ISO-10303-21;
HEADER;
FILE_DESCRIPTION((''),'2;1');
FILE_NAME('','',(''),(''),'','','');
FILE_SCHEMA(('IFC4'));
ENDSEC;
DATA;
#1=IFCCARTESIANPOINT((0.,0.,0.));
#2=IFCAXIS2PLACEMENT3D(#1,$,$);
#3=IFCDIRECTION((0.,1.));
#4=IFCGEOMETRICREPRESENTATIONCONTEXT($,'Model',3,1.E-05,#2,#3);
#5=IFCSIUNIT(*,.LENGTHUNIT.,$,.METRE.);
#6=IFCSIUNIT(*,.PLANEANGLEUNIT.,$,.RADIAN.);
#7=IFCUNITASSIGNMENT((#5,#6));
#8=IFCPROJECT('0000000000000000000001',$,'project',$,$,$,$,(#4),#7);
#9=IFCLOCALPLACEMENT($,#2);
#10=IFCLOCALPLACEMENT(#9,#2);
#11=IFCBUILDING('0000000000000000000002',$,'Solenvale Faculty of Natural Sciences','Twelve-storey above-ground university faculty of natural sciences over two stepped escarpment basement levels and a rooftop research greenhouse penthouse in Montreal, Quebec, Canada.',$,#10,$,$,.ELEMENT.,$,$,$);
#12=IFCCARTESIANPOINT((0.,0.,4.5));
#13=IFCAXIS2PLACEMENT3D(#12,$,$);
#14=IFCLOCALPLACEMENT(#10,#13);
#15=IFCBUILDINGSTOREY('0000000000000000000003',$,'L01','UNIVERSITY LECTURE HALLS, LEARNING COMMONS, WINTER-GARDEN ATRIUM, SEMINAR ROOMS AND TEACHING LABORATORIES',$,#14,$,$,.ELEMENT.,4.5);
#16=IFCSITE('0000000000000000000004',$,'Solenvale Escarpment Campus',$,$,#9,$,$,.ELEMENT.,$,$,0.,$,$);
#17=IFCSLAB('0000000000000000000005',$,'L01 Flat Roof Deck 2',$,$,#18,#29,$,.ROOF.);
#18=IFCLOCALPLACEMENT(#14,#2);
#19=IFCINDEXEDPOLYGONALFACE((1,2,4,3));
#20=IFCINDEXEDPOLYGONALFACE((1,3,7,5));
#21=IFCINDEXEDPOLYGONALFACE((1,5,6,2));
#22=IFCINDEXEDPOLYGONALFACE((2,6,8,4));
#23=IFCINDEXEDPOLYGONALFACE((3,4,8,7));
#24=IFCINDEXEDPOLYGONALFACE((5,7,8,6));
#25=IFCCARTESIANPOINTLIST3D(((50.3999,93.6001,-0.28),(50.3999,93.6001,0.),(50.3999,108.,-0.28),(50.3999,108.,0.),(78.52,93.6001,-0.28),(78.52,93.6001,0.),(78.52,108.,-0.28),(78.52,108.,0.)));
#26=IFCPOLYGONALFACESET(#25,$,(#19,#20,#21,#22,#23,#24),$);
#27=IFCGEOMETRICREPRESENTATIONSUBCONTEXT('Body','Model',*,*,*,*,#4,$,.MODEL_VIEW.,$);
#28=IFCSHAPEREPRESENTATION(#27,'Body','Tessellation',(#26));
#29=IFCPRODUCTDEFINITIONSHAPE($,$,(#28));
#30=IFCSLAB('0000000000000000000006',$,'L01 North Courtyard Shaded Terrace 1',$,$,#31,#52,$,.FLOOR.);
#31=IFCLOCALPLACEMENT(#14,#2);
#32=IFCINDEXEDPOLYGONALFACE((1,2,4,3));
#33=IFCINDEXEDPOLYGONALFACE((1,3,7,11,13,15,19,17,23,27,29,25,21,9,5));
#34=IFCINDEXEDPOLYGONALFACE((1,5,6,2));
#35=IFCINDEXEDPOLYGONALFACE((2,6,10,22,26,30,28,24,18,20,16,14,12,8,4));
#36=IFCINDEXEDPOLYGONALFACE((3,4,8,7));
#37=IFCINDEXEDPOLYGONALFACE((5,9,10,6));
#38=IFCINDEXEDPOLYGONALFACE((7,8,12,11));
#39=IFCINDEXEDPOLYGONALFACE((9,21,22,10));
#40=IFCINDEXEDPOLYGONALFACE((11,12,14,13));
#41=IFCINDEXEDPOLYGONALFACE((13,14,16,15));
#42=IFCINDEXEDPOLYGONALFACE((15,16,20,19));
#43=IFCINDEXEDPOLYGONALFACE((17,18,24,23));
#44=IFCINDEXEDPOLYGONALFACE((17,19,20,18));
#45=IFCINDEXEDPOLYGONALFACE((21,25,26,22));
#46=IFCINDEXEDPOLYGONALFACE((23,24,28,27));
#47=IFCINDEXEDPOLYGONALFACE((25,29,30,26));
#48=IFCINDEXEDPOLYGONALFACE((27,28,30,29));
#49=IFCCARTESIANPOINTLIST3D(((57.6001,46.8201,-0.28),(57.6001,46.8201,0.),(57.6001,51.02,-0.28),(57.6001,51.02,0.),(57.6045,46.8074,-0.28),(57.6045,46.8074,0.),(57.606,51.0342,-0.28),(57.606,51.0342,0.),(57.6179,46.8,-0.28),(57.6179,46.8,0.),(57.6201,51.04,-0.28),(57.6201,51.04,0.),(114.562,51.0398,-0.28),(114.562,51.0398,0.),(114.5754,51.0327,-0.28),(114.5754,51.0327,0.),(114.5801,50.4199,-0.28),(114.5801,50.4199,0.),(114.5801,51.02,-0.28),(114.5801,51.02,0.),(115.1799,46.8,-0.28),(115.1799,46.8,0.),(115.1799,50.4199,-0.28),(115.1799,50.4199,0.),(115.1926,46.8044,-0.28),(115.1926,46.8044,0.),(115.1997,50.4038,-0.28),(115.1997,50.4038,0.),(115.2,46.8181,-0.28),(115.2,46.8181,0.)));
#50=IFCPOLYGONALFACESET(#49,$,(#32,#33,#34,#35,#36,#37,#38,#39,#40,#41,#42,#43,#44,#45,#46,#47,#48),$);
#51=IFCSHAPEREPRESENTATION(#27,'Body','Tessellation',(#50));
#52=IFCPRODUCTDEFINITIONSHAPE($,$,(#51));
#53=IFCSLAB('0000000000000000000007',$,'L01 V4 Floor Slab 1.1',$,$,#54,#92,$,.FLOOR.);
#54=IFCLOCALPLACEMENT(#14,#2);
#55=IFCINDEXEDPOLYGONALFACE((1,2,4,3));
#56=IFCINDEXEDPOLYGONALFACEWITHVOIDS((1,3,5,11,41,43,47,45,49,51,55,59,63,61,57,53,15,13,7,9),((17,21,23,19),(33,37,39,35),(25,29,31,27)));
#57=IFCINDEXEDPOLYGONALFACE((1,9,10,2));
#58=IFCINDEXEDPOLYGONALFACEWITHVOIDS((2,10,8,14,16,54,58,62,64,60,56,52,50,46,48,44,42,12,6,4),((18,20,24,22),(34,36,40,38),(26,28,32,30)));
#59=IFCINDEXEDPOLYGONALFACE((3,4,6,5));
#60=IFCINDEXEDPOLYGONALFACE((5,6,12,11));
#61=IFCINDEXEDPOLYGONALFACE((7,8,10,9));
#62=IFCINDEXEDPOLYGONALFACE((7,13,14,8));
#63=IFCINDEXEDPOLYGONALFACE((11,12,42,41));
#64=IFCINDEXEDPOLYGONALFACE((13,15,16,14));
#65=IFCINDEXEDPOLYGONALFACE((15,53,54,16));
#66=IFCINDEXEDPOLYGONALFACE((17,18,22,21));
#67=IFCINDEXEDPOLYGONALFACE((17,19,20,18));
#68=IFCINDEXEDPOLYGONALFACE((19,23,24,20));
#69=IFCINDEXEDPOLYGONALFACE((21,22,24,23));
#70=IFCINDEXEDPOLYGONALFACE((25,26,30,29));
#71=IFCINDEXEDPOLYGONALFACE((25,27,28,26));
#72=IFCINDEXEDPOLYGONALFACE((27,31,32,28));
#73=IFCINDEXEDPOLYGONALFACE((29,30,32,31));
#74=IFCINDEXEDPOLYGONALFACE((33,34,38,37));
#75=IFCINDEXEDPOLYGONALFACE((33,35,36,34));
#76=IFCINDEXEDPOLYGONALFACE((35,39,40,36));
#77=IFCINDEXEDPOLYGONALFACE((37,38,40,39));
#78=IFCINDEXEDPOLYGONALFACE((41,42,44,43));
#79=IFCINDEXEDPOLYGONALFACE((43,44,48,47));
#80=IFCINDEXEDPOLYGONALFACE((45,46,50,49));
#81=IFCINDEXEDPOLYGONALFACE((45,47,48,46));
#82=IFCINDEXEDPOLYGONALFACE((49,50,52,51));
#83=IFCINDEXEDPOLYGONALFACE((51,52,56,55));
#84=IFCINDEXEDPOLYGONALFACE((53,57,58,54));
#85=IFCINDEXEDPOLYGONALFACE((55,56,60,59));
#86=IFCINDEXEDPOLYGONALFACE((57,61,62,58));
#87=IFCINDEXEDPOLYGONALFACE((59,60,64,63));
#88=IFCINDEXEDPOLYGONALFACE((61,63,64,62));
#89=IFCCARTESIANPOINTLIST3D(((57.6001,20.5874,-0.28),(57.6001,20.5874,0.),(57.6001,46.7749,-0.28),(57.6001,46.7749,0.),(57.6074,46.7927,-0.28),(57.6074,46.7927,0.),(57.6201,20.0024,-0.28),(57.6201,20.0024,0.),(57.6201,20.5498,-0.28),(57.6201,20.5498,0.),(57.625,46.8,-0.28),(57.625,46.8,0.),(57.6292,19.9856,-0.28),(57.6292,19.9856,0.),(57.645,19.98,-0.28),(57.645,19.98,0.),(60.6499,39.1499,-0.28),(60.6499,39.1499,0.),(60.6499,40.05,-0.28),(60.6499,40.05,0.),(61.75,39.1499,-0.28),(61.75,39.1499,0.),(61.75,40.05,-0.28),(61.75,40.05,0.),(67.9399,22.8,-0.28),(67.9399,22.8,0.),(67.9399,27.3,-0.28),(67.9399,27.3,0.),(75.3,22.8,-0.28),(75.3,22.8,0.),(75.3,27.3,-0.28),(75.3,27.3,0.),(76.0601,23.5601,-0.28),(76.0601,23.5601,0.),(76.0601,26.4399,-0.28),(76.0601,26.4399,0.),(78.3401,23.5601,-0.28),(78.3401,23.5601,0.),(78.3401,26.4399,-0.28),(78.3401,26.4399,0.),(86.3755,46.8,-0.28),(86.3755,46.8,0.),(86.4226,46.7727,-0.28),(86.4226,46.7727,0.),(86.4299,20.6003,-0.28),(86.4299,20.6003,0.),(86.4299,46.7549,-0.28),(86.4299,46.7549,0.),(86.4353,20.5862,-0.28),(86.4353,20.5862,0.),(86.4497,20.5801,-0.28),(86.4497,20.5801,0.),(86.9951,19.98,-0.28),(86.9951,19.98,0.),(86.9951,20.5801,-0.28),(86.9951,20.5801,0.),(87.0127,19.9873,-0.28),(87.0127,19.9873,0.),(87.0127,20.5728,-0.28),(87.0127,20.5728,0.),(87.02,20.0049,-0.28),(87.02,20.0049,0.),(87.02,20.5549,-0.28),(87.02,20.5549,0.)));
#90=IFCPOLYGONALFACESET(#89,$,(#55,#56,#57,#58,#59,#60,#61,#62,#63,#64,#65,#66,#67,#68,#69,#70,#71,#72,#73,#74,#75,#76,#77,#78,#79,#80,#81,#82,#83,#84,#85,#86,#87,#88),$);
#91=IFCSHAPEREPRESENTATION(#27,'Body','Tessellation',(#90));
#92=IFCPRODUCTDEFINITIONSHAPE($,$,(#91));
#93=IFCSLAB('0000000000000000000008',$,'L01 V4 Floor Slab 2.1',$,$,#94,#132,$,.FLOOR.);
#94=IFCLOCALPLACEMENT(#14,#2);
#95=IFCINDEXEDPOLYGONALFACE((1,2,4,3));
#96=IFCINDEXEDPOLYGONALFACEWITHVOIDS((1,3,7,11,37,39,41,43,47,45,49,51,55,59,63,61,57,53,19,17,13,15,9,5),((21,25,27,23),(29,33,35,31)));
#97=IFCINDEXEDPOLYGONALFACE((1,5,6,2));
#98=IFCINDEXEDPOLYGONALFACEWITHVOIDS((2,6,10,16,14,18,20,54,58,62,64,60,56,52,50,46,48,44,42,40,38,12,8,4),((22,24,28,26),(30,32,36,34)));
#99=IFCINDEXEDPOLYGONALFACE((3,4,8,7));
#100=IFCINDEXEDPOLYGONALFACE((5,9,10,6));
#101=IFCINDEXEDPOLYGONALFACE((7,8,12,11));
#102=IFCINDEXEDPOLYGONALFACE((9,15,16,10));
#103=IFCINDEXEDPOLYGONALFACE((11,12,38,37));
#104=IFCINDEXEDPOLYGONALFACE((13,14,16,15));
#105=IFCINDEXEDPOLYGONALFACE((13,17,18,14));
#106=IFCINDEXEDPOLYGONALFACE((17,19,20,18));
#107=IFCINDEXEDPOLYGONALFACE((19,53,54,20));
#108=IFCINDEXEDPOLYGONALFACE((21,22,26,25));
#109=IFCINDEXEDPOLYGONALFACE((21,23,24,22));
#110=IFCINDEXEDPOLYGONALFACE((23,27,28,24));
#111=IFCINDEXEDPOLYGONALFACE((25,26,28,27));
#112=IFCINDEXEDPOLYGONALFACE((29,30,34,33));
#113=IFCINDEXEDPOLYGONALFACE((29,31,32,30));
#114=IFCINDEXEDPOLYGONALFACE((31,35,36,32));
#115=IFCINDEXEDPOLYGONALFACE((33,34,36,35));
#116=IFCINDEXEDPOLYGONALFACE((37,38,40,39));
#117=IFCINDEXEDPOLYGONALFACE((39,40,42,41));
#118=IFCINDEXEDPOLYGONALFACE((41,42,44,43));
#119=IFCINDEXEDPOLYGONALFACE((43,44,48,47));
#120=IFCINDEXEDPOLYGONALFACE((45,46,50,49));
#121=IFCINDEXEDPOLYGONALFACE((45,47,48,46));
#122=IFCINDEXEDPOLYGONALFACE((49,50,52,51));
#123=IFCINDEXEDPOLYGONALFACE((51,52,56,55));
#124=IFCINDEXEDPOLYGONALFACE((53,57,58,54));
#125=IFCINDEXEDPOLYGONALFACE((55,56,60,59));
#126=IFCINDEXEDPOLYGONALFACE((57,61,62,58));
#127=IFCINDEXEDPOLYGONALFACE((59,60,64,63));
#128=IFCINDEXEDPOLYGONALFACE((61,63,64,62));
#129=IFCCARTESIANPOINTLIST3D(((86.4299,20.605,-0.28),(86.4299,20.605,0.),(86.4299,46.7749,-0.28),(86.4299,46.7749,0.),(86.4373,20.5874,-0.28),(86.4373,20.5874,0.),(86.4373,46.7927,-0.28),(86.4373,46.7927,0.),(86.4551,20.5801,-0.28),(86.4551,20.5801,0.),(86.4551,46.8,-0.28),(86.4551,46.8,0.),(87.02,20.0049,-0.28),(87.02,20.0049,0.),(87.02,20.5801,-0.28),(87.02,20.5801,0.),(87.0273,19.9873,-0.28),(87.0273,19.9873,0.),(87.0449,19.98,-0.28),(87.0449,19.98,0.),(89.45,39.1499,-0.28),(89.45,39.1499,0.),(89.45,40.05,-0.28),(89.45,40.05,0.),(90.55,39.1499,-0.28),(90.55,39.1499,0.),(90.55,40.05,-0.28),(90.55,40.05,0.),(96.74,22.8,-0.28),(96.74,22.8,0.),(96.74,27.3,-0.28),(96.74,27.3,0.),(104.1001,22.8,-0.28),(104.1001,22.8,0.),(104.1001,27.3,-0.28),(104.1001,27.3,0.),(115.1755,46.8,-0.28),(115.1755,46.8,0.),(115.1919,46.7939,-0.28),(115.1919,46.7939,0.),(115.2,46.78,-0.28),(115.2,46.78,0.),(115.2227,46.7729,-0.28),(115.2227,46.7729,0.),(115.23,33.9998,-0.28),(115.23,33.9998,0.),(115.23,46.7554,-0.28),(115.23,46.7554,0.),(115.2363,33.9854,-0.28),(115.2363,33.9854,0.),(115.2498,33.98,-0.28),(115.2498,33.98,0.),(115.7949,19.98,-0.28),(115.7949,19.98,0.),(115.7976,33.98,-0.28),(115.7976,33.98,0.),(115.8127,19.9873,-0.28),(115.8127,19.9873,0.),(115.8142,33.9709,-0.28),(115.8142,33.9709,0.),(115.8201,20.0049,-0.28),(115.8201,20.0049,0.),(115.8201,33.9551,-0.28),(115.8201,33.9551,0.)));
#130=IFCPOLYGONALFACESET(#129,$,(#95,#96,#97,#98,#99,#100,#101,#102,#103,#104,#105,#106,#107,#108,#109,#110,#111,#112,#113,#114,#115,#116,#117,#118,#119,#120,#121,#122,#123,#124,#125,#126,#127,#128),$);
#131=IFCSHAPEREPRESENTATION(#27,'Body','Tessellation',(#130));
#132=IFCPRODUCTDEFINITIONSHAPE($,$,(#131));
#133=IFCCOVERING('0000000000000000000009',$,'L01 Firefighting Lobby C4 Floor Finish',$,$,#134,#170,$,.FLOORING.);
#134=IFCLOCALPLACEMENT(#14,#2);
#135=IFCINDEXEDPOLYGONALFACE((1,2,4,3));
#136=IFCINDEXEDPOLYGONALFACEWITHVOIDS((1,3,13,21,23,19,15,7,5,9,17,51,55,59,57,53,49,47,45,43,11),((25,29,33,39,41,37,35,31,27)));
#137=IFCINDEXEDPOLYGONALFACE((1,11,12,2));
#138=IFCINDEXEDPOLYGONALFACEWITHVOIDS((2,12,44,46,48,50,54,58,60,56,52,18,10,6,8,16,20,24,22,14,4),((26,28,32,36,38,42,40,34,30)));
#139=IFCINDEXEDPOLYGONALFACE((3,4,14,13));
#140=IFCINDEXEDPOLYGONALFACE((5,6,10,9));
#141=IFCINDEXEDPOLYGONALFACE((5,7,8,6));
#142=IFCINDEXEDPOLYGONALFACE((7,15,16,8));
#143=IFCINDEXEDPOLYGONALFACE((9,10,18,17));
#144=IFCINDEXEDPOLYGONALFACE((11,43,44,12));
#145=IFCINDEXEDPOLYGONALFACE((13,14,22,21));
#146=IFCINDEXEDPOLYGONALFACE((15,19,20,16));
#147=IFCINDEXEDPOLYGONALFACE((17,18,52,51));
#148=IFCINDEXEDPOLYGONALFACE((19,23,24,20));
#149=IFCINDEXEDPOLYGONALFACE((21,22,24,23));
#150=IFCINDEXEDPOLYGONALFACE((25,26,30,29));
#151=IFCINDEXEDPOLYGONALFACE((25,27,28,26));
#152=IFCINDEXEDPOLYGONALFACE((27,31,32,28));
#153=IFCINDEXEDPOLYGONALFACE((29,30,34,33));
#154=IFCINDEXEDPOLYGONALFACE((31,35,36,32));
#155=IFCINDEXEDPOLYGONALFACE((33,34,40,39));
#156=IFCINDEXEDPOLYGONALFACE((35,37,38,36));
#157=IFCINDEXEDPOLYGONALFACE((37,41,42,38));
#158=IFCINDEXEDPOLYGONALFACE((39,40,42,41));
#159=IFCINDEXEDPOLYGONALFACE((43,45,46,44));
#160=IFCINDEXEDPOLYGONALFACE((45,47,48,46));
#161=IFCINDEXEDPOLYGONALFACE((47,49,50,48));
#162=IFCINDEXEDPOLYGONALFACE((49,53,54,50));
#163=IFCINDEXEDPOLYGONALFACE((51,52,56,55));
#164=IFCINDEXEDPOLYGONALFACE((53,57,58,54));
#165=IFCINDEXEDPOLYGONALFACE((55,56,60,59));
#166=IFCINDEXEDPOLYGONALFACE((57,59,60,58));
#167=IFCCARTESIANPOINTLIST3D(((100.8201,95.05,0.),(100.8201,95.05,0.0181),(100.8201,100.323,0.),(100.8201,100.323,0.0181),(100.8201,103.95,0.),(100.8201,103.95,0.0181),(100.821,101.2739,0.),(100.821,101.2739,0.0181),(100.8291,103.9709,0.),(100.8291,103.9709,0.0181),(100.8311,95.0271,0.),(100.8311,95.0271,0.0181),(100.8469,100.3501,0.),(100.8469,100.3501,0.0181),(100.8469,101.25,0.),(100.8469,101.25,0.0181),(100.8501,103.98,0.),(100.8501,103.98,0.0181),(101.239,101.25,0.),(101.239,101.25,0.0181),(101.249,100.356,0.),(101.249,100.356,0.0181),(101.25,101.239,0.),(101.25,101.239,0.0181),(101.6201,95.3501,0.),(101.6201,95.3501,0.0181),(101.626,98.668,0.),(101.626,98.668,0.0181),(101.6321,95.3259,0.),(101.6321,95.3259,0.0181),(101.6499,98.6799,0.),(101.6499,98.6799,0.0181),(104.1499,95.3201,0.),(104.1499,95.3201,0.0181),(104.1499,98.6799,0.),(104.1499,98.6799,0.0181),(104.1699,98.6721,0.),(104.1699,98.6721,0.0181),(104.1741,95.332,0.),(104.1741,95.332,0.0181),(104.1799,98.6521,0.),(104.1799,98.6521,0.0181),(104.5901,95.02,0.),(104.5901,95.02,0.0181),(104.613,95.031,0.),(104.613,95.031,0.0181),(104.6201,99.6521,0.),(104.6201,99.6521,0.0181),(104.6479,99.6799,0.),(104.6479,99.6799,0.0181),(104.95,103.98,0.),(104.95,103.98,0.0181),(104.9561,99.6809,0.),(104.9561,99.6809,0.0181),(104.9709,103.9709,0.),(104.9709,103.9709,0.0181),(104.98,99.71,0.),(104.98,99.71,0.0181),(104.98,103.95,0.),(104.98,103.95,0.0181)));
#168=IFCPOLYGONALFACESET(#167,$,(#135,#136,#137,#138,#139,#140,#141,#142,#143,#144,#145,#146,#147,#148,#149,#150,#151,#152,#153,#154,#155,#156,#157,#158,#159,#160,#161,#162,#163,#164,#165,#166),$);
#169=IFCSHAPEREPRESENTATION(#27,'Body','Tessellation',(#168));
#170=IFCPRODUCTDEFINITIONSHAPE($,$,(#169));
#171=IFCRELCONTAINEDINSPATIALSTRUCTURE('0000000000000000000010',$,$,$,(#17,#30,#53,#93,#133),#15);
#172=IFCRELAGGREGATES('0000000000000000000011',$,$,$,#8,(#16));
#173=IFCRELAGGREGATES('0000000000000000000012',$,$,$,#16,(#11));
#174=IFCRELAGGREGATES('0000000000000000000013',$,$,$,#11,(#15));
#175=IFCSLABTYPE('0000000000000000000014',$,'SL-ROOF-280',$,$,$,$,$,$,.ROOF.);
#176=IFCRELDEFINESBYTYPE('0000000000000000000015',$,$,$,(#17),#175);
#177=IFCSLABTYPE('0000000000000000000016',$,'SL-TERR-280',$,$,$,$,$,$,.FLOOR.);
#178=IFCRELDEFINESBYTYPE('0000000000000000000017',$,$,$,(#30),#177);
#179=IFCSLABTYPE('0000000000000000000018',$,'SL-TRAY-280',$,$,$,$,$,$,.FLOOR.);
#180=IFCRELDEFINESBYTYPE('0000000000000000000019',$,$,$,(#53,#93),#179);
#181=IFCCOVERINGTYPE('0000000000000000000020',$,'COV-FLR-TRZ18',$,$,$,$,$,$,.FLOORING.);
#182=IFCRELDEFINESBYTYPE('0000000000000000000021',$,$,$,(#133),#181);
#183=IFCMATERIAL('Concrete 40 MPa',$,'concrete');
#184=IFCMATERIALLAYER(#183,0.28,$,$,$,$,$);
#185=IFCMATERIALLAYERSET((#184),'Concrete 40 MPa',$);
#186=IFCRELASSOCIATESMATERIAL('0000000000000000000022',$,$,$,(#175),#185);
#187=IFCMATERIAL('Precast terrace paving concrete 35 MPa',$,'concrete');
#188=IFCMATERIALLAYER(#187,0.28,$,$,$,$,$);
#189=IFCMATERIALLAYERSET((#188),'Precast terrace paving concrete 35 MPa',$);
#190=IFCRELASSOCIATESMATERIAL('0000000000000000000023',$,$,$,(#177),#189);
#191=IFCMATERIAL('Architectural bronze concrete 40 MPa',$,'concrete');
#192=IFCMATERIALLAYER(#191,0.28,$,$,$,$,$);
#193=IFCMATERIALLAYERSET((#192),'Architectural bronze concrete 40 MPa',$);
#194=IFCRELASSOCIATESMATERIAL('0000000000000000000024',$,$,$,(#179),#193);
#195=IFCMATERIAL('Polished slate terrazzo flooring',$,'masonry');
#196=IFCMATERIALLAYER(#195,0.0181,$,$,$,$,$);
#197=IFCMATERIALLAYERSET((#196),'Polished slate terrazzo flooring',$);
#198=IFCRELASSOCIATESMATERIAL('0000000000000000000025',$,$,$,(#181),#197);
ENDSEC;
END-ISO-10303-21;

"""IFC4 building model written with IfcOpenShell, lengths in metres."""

from ifc_helpers import new_model, si_unit, direction, frame, origin, place, context, subcontext, project, spatial, polyline, outline, extrude, material, layer, layer_set, type_object, element, save


model = new_model("IFC4")

# Units and contexts
model_context = context("Model", 3, precision=1e-05, world=origin(), true_north=direction((0.0, 1.0)))
body_context = subcontext(model_context, "Body", "Model", "MODEL_VIEW")
ifc_project = project(units=[si_unit("LENGTHUNIT", "METRE"), si_unit("PLANEANGLEUNIT", "RADIAN")], contexts=[model_context])

# Site, building, storey
site_placement = place(None, origin())
site = spatial("IfcSite", under=ifc_project, at=site_placement, Name="Solenvale Escarpment Campus", CompositionType="ELEMENT", RefElevation=0.0)
building_placement = place(site_placement, origin())
building = spatial("IfcBuilding", under=site, at=building_placement, Name="Solenvale Faculty of Natural Sciences", Description="Twelve-storey above-ground university faculty of natural sciences over two stepped escarpment basement levels and a rooftop research greenhouse penthouse in Montreal, Quebec, Canada.", CompositionType="ELEMENT")
storey_placement = place(building_placement, frame((0.0, 0.0, 4.5)))
storey = spatial("IfcBuildingStorey", under=building, at=storey_placement, Name="L01", Description="UNIVERSITY LECTURE HALLS, LEARNING COMMONS, WINTER-GARDEN ATRIUM, SEMINAR ROOMS AND TEACHING LABORATORIES", CompositionType="ELEMENT", Elevation=4.5)

# Shared definitions
ifc_material_1 = material(Name="Concrete 40 MPa", Category="concrete")

# Shared definitions
ifc_layer_1 = layer(ifc_material_1, 0.28)
ifc_layer_set_1 = layer_set([ifc_layer_1], Name="Concrete 40 MPa")
slab_type_1 = type_object("IfcSlabType", Name="SL-ROOF-280", PredefinedType="ROOF", material=ifc_layer_set_1)

# Slabs
slab_1_placement = place(storey_placement, frame((0.0, 0.0, -0.28)))
element("IfcSlab", 1, at=slab_1_placement, inside=storey, type_object=slab_type_1, Name="L01 Flat Roof Deck 2", PredefinedType="ROOF", context=body_context, shape_type="SweptSolid", body=[
    extrude(outline(polyline([(78.52, 108.0), (78.52, 93.6001), (50.3999, 93.6001), (50.3999, 108.0), (78.52, 108.0)])), origin(), (0.0, 0.0, 1.0), 0.28),
])
ifc_material_2 = material(Name="Precast terrace paving concrete 35 MPa", Category="concrete")
ifc_layer_2 = layer(ifc_material_2, 0.28)
ifc_layer_set_2 = layer_set([ifc_layer_2], Name="Precast terrace paving concrete 35 MPa")
slab_type_2 = type_object("IfcSlabType", Name="SL-TERR-280", PredefinedType="FLOOR", material=ifc_layer_set_2)
slab_2_placement = place(storey_placement, frame((0.0, 0.0, -0.28)))
element("IfcSlab", 2, at=slab_2_placement, inside=storey, type_object=slab_type_2, Name="L01 North Courtyard Shaded Terrace 1", PredefinedType="FLOOR", context=body_context, shape_type="SweptSolid", body=[
    extrude(outline(polyline([(57.6001, 51.02), (57.606, 51.0342), (57.6201, 51.04), (114.562, 51.0398), (114.5754, 51.0327), (114.5801, 51.02), (114.5801, 50.4199), (115.1799, 50.4199), (115.1997, 50.4038), (115.2, 46.8181), (115.1926, 46.8044), (115.1799, 46.8), (57.6179, 46.8), (57.6045, 46.8074), (57.6001, 46.8201), (57.6001, 51.02)])), origin(), (0.0, 0.0, 1.0), 0.28),
])
ifc_material_3 = material(Name="Architectural bronze concrete 40 MPa", Category="concrete")
ifc_layer_3 = layer(ifc_material_3, 0.28)
ifc_layer_set_3 = layer_set([ifc_layer_3], Name="Architectural bronze concrete 40 MPa")
slab_type_3 = type_object("IfcSlabType", Name="SL-TRAY-280", PredefinedType="FLOOR", material=ifc_layer_set_3)
slab_3_placement = place(storey_placement, frame((0.0, 0.0, -0.28)))
element("IfcSlab", 3, at=slab_3_placement, inside=storey, type_object=slab_type_3, Name="L01 V4 Floor Slab 1.1", PredefinedType="FLOOR", context=body_context, shape_type="SweptSolid", body=[
    extrude(outline(polyline([(57.6201, 20.5498), (57.6001, 20.5874), (57.6001, 46.7749), (57.6074, 46.7927), (57.625, 46.8), (86.3755, 46.8), (86.4226, 46.7727), (86.4299, 46.7549), (86.4299, 20.6003), (86.4353, 20.5862), (86.4497, 20.5801), (86.9951, 20.5801), (87.0127, 20.5728), (87.02, 20.5549), (87.02, 20.0049), (87.0127, 19.9873), (86.9951, 19.98), (57.645, 19.98), (57.6292, 19.9856), (57.6201, 20.0024), (57.6201, 20.5498)]), holes=[polyline([(76.0601, 23.5601), (78.3401, 23.5601), (78.3401, 26.4399), (76.0601, 26.4399), (76.0601, 23.5601)]), polyline([(67.9399, 22.8), (75.3, 22.8), (75.3, 27.3), (67.9399, 27.3), (67.9399, 22.8)]), polyline([(60.6499, 39.1499), (61.75, 39.1499), (61.75, 40.05), (60.6499, 40.05), (60.6499, 39.1499)])]), origin(), (0.0, 0.0, 1.0), 0.28),
])
slab_4_placement = place(storey_placement, frame((0.0, 0.0, -0.28)))
element("IfcSlab", 4, at=slab_4_placement, inside=storey, type_object=slab_type_3, Name="L01 V4 Floor Slab 2.1", PredefinedType="FLOOR", context=body_context, shape_type="SweptSolid", body=[
    extrude(outline(polyline([(86.4551, 20.5801), (86.4373, 20.5874), (86.4299, 20.605), (86.4299, 46.7749), (86.4373, 46.7927), (86.4551, 46.8), (115.1755, 46.8), (115.1919, 46.7939), (115.2, 46.78), (115.2227, 46.7729), (115.23, 46.7554), (115.23, 33.9998), (115.2363, 33.9854), (115.2498, 33.98), (115.7976, 33.98), (115.8142, 33.9709), (115.8201, 33.9551), (115.8201, 20.0049), (115.8127, 19.9873), (115.7949, 19.98), (87.0449, 19.98), (87.0273, 19.9873), (87.02, 20.0049), (87.02, 20.5801), (86.4551, 20.5801)]), holes=[polyline([(96.74, 22.8), (104.1001, 22.8), (104.1001, 27.3), (96.74, 27.3), (96.74, 22.8)]), polyline([(89.45, 39.1499), (90.55, 39.1499), (90.55, 40.05), (89.45, 40.05), (89.45, 39.1499)])]), origin(), (0.0, 0.0, 1.0), 0.28),
])

# Covering
ifc_material_4 = material(Name="Polished slate terrazzo flooring", Category="masonry")
ifc_layer_4 = layer(ifc_material_4, 0.0181)
ifc_layer_set_4 = layer_set([ifc_layer_4], Name="Polished slate terrazzo flooring")
covering_type_1 = type_object("IfcCoveringType", Name="COV-FLR-TRZ18", PredefinedType="FLOORING", material=ifc_layer_set_4)
covering_1_placement = place(storey_placement, origin())
element("IfcCovering", 5, at=covering_1_placement, inside=storey, type_object=covering_type_1, Name="L01 Firefighting Lobby C4 Floor Finish", PredefinedType="FLOORING", context=body_context, shape_type="SweptSolid", body=[
    extrude(outline(polyline([(104.98, 99.71), (104.9561, 99.6809), (104.6479, 99.6799), (104.6201, 99.6521), (104.613, 95.031), (104.5901, 95.02), (100.8311, 95.0271), (100.8201, 95.05), (100.8201, 100.323), (100.8469, 100.3501), (101.249, 100.356), (101.25, 101.239), (101.239, 101.25), (100.8469, 101.25), (100.821, 101.2739), (100.8201, 103.95), (100.8291, 103.9709), (100.8501, 103.98), (104.95, 103.98), (104.9709, 103.9709), (104.98, 103.95), (104.98, 99.71)]), holes=[polyline([(104.1799, 98.6521), (104.1699, 98.6721), (104.1499, 98.6799), (101.6499, 98.6799), (101.626, 98.668), (101.6201, 95.3501), (101.6321, 95.3259), (104.1499, 95.3201), (104.1741, 95.332), (104.1799, 98.6521)])]), origin(), (0.0, 0.0, 1.0), 0.0181),
])

save(model, "model.ifc")
